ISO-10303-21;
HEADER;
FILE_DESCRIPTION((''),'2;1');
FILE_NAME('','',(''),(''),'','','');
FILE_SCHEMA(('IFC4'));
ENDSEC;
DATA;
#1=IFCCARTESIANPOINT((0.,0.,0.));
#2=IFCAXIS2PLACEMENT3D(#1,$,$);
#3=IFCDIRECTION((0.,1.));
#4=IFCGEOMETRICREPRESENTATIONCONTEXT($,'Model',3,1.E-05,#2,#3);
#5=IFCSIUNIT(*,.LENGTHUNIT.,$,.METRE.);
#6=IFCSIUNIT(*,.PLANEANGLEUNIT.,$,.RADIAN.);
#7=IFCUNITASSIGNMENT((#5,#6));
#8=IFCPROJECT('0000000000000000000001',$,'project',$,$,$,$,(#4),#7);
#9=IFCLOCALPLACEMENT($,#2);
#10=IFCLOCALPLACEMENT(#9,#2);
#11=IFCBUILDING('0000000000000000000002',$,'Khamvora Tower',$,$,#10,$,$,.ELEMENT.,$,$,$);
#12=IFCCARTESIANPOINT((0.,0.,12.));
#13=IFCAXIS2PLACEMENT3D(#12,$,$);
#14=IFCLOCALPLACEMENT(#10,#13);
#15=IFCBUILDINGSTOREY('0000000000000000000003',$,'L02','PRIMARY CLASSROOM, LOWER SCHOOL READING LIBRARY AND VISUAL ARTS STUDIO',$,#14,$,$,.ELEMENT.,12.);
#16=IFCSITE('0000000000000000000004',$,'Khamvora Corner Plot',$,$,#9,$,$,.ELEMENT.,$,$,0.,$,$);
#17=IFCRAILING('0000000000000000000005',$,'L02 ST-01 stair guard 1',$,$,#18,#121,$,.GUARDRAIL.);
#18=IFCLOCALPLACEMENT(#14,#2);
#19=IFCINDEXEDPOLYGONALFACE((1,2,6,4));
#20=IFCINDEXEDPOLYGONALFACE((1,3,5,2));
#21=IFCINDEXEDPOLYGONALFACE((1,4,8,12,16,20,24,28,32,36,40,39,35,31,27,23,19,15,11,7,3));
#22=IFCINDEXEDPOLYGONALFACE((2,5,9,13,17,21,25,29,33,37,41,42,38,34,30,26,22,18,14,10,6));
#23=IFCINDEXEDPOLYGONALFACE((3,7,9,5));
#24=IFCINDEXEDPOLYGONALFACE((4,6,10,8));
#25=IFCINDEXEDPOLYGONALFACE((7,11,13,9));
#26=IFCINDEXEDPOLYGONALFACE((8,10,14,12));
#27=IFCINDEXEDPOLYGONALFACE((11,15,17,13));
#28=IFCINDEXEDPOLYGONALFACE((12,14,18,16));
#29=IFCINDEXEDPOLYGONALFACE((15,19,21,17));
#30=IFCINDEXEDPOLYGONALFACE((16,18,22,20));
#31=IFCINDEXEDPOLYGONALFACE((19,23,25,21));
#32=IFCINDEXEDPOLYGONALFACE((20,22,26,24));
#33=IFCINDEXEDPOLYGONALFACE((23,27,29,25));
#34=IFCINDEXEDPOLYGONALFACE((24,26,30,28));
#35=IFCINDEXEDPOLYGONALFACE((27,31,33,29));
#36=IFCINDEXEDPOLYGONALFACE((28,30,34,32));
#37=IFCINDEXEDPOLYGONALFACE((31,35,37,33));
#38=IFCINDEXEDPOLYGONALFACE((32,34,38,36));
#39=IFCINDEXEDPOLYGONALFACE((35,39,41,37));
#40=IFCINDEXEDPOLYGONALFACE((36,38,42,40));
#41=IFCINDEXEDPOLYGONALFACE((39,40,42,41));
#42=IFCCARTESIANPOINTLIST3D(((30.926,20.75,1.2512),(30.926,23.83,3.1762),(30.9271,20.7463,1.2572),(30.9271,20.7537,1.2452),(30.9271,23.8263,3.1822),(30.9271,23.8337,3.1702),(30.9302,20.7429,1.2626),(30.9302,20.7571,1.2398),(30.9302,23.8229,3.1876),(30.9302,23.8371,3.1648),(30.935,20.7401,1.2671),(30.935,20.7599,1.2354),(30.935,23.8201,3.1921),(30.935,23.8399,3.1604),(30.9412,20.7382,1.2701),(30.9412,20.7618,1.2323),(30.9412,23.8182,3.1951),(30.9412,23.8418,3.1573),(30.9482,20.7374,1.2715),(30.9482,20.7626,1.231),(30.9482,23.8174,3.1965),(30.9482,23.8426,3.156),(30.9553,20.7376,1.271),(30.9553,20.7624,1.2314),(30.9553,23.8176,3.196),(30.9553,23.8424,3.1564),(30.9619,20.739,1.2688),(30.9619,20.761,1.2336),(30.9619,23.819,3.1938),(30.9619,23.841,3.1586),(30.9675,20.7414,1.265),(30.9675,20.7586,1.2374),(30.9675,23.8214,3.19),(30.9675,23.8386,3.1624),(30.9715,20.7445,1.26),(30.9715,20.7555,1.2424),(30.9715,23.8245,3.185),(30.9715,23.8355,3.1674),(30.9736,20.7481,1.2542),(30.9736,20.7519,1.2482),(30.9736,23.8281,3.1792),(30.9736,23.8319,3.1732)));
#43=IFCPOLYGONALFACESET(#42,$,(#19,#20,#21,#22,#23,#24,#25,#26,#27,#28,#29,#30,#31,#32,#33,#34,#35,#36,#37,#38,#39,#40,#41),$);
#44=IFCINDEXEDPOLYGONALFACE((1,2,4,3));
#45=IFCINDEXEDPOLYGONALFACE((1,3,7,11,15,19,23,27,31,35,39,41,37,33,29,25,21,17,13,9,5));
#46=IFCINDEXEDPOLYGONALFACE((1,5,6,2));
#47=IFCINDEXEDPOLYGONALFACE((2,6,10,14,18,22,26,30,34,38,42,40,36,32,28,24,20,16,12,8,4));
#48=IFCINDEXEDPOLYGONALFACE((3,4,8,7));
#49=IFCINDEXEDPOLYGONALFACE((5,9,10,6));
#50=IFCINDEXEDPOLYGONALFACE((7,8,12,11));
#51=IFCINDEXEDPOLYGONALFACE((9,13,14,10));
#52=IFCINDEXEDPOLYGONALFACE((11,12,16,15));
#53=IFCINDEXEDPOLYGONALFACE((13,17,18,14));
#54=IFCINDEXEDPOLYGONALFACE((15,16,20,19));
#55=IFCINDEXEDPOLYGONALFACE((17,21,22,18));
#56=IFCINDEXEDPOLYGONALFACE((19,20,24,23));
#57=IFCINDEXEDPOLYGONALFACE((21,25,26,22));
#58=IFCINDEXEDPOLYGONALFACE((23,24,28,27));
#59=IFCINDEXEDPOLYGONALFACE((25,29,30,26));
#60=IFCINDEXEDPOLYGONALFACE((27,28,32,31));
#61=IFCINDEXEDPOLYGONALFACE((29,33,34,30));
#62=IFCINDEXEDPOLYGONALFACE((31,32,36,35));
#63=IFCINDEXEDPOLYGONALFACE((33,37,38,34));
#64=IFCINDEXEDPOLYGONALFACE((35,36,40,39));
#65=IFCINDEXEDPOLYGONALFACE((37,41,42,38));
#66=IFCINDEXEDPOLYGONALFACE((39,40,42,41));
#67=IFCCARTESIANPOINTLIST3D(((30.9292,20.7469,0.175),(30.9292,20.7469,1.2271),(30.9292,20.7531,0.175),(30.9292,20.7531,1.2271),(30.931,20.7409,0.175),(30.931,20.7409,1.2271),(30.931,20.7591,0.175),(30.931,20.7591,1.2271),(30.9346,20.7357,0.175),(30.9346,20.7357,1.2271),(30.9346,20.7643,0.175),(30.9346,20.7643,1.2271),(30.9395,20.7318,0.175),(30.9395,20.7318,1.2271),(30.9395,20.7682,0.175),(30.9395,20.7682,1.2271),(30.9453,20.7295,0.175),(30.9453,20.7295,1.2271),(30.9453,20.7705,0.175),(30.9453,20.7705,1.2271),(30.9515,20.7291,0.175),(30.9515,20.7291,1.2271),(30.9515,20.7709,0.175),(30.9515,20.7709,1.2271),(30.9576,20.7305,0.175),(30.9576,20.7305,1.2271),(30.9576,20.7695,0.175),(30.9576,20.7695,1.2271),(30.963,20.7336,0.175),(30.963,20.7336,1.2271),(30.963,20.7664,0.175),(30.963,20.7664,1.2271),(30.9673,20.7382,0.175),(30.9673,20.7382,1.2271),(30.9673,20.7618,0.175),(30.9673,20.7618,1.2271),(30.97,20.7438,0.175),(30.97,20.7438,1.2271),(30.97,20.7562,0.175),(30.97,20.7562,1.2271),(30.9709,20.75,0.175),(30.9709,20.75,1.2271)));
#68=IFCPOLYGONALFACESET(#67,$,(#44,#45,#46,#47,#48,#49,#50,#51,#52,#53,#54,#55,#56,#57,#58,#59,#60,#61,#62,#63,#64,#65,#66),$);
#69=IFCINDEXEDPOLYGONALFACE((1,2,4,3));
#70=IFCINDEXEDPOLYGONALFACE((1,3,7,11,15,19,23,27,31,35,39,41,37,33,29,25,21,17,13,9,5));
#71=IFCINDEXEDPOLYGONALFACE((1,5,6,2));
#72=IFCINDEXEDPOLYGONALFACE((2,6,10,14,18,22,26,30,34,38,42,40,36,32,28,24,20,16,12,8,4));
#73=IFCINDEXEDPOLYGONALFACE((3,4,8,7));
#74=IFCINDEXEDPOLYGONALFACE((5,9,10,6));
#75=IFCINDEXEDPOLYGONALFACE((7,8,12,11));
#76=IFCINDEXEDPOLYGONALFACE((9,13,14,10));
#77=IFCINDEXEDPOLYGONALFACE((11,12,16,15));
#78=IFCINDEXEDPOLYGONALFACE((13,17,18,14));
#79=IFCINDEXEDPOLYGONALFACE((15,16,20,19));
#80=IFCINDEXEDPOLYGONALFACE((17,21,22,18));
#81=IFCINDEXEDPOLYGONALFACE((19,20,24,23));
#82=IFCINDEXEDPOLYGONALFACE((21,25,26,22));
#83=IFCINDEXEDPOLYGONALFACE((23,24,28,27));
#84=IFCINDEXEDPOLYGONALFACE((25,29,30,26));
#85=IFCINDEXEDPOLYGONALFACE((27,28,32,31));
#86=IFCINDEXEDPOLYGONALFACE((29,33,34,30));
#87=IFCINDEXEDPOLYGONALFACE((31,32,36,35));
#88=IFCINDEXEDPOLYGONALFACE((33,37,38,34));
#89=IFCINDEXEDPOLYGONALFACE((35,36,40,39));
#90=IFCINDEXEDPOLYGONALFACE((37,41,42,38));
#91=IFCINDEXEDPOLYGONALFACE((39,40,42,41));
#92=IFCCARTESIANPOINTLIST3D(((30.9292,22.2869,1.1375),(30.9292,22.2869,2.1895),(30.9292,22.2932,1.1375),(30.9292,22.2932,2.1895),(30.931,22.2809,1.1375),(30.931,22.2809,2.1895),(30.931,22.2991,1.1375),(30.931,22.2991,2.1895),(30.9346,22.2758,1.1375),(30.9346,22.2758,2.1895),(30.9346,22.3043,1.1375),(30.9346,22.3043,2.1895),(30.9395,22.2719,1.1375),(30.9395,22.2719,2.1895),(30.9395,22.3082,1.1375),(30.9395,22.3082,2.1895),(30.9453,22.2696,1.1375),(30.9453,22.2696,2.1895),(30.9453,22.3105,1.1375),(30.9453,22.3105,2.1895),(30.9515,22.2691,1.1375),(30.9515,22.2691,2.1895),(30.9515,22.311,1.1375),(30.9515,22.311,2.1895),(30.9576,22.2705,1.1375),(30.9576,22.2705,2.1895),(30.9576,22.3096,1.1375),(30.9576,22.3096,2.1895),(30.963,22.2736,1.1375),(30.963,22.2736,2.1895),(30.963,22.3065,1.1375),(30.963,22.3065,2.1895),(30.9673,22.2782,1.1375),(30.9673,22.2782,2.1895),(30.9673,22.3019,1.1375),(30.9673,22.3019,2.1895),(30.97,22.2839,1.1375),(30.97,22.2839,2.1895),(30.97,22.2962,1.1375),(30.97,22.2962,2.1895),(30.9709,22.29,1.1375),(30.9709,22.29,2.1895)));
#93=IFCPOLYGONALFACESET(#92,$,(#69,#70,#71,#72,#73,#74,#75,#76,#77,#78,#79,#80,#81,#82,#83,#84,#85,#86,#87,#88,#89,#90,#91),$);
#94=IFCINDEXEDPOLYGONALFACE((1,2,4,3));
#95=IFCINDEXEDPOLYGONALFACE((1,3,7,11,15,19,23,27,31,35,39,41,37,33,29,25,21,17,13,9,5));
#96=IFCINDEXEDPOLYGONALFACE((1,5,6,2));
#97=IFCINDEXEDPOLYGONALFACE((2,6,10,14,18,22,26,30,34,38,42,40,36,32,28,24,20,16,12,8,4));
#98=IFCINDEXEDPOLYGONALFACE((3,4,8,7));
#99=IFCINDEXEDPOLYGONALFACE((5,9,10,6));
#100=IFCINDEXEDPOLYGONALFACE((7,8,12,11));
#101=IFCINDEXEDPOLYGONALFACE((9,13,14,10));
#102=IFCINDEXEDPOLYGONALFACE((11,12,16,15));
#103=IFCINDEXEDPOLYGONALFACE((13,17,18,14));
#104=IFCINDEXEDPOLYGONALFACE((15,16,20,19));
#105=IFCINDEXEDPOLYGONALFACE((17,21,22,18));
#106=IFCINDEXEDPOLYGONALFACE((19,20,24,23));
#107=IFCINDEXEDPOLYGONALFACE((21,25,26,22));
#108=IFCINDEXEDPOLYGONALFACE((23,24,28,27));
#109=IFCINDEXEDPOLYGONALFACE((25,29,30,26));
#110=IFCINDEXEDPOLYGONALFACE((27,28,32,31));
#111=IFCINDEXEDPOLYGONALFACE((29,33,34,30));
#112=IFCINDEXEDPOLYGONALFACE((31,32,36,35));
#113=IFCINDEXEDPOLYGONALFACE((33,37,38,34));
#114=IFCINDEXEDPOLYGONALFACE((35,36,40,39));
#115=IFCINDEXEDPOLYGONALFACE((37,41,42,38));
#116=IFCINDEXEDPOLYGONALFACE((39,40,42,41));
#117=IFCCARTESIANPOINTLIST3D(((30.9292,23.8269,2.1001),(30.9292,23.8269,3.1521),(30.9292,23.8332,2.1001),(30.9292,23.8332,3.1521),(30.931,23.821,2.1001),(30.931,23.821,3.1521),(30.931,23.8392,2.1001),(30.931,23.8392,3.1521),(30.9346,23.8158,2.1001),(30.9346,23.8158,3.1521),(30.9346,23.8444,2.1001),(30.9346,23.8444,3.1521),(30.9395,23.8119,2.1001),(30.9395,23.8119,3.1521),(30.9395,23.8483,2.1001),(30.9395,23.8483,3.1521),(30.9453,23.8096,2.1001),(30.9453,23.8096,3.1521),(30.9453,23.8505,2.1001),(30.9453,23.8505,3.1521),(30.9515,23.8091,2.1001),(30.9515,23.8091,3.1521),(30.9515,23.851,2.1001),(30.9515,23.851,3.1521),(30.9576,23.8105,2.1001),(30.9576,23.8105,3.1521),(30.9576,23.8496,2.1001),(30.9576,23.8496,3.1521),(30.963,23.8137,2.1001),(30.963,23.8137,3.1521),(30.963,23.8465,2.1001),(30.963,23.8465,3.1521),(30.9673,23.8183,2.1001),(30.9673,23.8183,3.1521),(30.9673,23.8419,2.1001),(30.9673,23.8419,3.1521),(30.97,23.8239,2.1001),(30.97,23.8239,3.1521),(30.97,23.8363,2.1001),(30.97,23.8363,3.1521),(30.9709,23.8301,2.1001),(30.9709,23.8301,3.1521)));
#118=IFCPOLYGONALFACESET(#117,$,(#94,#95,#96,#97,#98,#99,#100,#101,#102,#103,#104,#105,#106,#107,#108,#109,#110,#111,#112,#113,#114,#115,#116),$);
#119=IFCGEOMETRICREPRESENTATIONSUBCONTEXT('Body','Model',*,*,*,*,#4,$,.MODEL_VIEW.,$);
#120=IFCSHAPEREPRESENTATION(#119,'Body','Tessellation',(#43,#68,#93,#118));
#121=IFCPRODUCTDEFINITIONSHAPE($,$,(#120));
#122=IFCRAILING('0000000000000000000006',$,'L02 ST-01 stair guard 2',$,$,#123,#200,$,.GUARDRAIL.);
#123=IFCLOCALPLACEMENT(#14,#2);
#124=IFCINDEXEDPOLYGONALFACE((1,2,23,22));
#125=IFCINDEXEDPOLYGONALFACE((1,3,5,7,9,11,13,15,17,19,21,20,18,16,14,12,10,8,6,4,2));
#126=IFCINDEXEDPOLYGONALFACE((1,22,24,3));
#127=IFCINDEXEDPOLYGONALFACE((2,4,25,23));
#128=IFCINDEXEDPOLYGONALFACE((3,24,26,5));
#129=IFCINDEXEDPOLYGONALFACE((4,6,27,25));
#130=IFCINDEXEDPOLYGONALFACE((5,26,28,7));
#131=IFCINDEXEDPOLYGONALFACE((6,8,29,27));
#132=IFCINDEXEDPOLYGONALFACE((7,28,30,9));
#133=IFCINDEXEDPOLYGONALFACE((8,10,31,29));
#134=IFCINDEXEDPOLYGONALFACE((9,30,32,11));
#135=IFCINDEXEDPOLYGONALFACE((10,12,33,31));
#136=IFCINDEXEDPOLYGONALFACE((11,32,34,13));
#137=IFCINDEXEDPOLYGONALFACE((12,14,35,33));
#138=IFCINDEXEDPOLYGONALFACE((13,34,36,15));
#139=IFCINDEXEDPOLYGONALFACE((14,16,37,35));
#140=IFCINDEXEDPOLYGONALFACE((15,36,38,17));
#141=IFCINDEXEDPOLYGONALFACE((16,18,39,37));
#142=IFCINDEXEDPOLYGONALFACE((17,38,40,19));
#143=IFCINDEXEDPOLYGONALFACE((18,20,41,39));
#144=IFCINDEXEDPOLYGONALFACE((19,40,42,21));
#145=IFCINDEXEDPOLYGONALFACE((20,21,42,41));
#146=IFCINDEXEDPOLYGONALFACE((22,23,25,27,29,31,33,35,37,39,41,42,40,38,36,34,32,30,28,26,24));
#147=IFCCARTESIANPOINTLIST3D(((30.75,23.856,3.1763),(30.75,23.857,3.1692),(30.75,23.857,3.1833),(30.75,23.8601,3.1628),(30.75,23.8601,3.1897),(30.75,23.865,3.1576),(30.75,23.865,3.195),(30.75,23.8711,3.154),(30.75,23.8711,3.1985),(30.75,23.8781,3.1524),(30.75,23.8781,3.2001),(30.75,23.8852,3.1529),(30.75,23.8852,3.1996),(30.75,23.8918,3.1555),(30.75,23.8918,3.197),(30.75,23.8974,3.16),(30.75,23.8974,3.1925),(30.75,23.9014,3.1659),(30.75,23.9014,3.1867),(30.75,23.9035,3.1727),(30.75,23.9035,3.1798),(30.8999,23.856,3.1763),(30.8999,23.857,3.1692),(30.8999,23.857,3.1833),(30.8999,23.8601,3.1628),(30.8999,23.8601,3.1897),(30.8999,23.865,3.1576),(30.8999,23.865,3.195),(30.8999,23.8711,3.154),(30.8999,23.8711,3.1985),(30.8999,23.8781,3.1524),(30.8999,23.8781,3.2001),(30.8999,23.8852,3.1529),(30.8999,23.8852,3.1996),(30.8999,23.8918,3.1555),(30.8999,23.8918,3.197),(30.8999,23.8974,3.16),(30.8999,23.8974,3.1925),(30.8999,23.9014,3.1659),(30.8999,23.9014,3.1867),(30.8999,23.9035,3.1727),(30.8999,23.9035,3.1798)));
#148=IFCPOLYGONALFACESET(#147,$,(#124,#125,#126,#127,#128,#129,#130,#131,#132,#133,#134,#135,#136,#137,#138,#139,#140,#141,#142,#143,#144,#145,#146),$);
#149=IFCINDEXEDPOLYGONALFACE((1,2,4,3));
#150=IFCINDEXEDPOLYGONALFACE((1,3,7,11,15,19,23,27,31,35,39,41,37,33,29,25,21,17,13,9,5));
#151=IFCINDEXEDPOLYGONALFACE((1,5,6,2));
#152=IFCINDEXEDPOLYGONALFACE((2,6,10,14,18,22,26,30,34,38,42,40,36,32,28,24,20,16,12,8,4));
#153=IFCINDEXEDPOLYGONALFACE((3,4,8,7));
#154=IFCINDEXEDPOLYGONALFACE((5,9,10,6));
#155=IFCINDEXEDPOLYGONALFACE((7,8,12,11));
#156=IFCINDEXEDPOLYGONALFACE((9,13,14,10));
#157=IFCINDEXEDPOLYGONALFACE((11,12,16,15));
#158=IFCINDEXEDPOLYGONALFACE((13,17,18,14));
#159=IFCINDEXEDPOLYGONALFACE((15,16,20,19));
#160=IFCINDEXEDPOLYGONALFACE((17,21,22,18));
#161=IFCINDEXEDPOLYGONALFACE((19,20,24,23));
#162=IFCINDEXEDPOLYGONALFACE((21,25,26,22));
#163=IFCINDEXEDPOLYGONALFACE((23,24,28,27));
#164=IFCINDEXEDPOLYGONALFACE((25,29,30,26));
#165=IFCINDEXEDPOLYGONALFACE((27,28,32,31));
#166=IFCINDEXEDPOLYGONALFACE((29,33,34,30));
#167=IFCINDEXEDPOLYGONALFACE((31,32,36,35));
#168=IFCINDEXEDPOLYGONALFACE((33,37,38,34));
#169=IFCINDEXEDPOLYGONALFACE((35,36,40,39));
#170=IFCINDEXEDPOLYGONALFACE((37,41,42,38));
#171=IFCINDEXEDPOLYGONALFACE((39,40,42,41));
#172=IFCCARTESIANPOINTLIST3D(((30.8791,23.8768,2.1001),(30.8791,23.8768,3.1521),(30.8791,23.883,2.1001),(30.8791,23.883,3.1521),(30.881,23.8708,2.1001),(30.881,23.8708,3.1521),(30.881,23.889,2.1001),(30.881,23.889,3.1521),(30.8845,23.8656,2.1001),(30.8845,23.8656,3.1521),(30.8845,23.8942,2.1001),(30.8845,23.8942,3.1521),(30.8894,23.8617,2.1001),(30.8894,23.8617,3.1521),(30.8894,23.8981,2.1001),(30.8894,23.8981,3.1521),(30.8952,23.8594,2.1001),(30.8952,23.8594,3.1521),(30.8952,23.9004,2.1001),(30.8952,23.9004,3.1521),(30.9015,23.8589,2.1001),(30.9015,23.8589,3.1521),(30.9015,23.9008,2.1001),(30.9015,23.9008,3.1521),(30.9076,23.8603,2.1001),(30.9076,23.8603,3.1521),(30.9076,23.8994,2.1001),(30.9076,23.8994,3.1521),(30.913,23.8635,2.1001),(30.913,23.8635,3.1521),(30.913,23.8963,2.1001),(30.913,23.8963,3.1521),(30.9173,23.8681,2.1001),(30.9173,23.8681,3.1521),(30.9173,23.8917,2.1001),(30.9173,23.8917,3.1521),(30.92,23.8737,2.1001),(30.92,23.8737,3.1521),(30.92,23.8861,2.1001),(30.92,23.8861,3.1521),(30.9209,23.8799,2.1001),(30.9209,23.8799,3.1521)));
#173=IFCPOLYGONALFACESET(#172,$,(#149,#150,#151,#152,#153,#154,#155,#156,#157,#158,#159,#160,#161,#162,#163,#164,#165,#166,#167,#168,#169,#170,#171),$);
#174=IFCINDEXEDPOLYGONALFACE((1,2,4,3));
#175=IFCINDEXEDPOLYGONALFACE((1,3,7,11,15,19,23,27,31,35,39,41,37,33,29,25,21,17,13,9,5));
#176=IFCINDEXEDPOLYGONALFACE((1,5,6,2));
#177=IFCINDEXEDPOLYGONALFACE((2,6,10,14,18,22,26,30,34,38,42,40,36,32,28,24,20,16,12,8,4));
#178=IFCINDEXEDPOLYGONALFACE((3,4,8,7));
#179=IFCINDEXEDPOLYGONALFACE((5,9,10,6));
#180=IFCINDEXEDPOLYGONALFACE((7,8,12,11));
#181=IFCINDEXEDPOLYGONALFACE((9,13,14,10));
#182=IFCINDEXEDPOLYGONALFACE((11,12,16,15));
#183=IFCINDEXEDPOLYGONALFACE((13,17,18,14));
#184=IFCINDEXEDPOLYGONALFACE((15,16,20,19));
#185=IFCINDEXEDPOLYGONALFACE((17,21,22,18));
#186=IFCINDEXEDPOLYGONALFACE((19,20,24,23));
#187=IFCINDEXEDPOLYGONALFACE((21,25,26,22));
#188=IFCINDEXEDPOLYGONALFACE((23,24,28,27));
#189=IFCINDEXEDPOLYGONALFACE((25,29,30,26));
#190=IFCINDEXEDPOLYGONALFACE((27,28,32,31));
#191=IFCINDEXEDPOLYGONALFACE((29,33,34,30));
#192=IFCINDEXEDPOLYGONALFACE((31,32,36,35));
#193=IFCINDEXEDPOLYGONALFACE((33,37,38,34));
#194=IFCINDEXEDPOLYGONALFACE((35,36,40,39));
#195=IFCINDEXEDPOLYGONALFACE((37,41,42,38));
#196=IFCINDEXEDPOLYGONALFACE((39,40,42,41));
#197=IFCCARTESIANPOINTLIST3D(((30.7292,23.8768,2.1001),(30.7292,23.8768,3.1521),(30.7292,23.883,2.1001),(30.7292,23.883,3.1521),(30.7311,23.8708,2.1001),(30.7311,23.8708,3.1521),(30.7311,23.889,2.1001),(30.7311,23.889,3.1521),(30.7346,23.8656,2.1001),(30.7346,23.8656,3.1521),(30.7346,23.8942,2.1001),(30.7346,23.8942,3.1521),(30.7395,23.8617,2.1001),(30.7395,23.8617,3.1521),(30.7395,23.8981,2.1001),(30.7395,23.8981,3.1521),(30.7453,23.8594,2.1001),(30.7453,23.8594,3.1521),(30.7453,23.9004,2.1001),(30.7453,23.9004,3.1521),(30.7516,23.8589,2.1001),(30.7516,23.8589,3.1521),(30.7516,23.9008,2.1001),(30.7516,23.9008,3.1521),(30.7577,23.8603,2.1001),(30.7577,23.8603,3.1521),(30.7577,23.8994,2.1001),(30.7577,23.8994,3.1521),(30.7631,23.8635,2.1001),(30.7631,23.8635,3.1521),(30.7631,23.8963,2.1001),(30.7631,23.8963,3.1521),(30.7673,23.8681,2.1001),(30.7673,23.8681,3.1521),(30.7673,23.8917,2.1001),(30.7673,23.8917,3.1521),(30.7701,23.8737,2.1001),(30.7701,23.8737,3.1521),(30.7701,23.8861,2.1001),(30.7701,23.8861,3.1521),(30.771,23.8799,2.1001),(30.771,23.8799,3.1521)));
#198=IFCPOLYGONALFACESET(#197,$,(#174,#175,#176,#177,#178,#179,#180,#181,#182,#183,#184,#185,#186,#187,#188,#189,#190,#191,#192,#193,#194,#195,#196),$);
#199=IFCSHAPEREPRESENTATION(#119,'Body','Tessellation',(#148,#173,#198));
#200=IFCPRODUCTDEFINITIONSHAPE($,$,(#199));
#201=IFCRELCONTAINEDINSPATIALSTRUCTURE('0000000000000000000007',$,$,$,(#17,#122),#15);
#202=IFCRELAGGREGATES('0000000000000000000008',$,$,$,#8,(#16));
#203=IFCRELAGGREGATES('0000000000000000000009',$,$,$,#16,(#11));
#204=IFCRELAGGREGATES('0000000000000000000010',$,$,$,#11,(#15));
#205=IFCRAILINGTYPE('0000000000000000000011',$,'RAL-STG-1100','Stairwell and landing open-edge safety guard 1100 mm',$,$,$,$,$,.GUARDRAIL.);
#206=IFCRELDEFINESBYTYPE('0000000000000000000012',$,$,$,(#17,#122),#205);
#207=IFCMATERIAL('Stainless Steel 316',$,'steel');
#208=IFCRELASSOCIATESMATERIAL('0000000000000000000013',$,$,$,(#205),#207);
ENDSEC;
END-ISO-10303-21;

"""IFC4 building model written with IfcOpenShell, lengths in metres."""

from ifc_helpers import new_model, si_unit, direction, frame, origin, origin_2d, place, context, subcontext, project, spatial, circle, extrude, material, type_object, element, save


model = new_model("IFC4")

# Units and contexts
model_context = context("Model", 3, precision=1e-05, world=origin(), true_north=direction((0.0, 1.0)))
body_context = subcontext(model_context, "Body", "Model", "MODEL_VIEW")
ifc_project = project(units=[si_unit("LENGTHUNIT", "METRE"), si_unit("PLANEANGLEUNIT", "RADIAN")], contexts=[model_context])

# Site, building, storey
site_placement = place(None, origin())
site = spatial("IfcSite", under=ifc_project, at=site_placement, Name="Khamvora Corner Plot", CompositionType="ELEMENT", RefElevation=0.0)
building_placement = place(site_placement, origin())
building = spatial("IfcBuilding", under=site, at=building_placement, Name="Khamvora Tower", CompositionType="ELEMENT")
storey_placement = place(building_placement, frame((0.0, 0.0, 12.0)))
storey = spatial("IfcBuildingStorey", under=building, at=storey_placement, Name="L02", Description="PRIMARY CLASSROOM, LOWER SCHOOL READING LIBRARY AND VISUAL ARTS STUDIO", CompositionType="ELEMENT", Elevation=12.0)

# Railings
ifc_material_1 = material(Name="Stainless Steel 316", Category="steel")
railing_type_1 = type_object("IfcRailingType", Name="RAL-STG-1100", Description="Stairwell and landing open-edge safety guard 1100 mm", PredefinedType="GUARDRAIL", material=ifc_material_1)
railing_1_placement = place(storey_placement, frame((30.95, 20.75, 0.175)))
element("IfcRailing", 1, at=railing_1_placement, inside=storey, type_object=railing_type_1, Name="L02 ST-01 stair guard 1", PredefinedType="GUARDRAIL", context=body_context, shape_type="SweptSolid", body=[
    extrude(circle(Radius=0.0239, at=origin_2d()), frame((0.0, 0.0, 1.0762), z_axis=(0.0, 0.847998, 0.529999), x_axis=(-1.0, 0.0, 0.0)), (0.0, 0.0, 1.0), 3.6321),
    extrude(circle(Radius=0.021, at=origin_2d()), origin(), (0.0, 0.0, 1.0), 1.052),
    extrude(circle(Radius=0.021, at=origin_2d()), frame((0.0, 1.54, 0.9624)), (0.0, 0.0, 1.0), 1.052),
    extrude(circle(Radius=0.021, at=origin_2d()), frame((0.0, 3.0801, 1.925)), (0.0, 0.0, 1.0), 1.052),
])
railing_2_placement = place(storey_placement, frame((30.8999, 23.8799, 2.1001)))
element("IfcRailing", 2, at=railing_2_placement, inside=storey, type_object=railing_type_1, Name="L02 ST-01 stair guard 2", PredefinedType="GUARDRAIL", context=body_context, shape_type="SweptSolid", body=[
    extrude(circle(Radius=0.0239, at=origin_2d()), frame((0.0, 0.0, 1.0762), z_axis=(-1.0, 0.0, 0.0), x_axis=(0.0, -1.0, 0.0)), (0.0, 0.0, 1.0), 0.1499),
    extrude(circle(Radius=0.021, at=origin_2d()), origin(), (0.0, 0.0, 1.0), 1.052),
    extrude(circle(Radius=0.021, at=origin_2d()), frame((-0.1499, 0.0, 0.0)), (0.0, 0.0, 1.0), 1.052),
])

save(model, "model.ifc")
